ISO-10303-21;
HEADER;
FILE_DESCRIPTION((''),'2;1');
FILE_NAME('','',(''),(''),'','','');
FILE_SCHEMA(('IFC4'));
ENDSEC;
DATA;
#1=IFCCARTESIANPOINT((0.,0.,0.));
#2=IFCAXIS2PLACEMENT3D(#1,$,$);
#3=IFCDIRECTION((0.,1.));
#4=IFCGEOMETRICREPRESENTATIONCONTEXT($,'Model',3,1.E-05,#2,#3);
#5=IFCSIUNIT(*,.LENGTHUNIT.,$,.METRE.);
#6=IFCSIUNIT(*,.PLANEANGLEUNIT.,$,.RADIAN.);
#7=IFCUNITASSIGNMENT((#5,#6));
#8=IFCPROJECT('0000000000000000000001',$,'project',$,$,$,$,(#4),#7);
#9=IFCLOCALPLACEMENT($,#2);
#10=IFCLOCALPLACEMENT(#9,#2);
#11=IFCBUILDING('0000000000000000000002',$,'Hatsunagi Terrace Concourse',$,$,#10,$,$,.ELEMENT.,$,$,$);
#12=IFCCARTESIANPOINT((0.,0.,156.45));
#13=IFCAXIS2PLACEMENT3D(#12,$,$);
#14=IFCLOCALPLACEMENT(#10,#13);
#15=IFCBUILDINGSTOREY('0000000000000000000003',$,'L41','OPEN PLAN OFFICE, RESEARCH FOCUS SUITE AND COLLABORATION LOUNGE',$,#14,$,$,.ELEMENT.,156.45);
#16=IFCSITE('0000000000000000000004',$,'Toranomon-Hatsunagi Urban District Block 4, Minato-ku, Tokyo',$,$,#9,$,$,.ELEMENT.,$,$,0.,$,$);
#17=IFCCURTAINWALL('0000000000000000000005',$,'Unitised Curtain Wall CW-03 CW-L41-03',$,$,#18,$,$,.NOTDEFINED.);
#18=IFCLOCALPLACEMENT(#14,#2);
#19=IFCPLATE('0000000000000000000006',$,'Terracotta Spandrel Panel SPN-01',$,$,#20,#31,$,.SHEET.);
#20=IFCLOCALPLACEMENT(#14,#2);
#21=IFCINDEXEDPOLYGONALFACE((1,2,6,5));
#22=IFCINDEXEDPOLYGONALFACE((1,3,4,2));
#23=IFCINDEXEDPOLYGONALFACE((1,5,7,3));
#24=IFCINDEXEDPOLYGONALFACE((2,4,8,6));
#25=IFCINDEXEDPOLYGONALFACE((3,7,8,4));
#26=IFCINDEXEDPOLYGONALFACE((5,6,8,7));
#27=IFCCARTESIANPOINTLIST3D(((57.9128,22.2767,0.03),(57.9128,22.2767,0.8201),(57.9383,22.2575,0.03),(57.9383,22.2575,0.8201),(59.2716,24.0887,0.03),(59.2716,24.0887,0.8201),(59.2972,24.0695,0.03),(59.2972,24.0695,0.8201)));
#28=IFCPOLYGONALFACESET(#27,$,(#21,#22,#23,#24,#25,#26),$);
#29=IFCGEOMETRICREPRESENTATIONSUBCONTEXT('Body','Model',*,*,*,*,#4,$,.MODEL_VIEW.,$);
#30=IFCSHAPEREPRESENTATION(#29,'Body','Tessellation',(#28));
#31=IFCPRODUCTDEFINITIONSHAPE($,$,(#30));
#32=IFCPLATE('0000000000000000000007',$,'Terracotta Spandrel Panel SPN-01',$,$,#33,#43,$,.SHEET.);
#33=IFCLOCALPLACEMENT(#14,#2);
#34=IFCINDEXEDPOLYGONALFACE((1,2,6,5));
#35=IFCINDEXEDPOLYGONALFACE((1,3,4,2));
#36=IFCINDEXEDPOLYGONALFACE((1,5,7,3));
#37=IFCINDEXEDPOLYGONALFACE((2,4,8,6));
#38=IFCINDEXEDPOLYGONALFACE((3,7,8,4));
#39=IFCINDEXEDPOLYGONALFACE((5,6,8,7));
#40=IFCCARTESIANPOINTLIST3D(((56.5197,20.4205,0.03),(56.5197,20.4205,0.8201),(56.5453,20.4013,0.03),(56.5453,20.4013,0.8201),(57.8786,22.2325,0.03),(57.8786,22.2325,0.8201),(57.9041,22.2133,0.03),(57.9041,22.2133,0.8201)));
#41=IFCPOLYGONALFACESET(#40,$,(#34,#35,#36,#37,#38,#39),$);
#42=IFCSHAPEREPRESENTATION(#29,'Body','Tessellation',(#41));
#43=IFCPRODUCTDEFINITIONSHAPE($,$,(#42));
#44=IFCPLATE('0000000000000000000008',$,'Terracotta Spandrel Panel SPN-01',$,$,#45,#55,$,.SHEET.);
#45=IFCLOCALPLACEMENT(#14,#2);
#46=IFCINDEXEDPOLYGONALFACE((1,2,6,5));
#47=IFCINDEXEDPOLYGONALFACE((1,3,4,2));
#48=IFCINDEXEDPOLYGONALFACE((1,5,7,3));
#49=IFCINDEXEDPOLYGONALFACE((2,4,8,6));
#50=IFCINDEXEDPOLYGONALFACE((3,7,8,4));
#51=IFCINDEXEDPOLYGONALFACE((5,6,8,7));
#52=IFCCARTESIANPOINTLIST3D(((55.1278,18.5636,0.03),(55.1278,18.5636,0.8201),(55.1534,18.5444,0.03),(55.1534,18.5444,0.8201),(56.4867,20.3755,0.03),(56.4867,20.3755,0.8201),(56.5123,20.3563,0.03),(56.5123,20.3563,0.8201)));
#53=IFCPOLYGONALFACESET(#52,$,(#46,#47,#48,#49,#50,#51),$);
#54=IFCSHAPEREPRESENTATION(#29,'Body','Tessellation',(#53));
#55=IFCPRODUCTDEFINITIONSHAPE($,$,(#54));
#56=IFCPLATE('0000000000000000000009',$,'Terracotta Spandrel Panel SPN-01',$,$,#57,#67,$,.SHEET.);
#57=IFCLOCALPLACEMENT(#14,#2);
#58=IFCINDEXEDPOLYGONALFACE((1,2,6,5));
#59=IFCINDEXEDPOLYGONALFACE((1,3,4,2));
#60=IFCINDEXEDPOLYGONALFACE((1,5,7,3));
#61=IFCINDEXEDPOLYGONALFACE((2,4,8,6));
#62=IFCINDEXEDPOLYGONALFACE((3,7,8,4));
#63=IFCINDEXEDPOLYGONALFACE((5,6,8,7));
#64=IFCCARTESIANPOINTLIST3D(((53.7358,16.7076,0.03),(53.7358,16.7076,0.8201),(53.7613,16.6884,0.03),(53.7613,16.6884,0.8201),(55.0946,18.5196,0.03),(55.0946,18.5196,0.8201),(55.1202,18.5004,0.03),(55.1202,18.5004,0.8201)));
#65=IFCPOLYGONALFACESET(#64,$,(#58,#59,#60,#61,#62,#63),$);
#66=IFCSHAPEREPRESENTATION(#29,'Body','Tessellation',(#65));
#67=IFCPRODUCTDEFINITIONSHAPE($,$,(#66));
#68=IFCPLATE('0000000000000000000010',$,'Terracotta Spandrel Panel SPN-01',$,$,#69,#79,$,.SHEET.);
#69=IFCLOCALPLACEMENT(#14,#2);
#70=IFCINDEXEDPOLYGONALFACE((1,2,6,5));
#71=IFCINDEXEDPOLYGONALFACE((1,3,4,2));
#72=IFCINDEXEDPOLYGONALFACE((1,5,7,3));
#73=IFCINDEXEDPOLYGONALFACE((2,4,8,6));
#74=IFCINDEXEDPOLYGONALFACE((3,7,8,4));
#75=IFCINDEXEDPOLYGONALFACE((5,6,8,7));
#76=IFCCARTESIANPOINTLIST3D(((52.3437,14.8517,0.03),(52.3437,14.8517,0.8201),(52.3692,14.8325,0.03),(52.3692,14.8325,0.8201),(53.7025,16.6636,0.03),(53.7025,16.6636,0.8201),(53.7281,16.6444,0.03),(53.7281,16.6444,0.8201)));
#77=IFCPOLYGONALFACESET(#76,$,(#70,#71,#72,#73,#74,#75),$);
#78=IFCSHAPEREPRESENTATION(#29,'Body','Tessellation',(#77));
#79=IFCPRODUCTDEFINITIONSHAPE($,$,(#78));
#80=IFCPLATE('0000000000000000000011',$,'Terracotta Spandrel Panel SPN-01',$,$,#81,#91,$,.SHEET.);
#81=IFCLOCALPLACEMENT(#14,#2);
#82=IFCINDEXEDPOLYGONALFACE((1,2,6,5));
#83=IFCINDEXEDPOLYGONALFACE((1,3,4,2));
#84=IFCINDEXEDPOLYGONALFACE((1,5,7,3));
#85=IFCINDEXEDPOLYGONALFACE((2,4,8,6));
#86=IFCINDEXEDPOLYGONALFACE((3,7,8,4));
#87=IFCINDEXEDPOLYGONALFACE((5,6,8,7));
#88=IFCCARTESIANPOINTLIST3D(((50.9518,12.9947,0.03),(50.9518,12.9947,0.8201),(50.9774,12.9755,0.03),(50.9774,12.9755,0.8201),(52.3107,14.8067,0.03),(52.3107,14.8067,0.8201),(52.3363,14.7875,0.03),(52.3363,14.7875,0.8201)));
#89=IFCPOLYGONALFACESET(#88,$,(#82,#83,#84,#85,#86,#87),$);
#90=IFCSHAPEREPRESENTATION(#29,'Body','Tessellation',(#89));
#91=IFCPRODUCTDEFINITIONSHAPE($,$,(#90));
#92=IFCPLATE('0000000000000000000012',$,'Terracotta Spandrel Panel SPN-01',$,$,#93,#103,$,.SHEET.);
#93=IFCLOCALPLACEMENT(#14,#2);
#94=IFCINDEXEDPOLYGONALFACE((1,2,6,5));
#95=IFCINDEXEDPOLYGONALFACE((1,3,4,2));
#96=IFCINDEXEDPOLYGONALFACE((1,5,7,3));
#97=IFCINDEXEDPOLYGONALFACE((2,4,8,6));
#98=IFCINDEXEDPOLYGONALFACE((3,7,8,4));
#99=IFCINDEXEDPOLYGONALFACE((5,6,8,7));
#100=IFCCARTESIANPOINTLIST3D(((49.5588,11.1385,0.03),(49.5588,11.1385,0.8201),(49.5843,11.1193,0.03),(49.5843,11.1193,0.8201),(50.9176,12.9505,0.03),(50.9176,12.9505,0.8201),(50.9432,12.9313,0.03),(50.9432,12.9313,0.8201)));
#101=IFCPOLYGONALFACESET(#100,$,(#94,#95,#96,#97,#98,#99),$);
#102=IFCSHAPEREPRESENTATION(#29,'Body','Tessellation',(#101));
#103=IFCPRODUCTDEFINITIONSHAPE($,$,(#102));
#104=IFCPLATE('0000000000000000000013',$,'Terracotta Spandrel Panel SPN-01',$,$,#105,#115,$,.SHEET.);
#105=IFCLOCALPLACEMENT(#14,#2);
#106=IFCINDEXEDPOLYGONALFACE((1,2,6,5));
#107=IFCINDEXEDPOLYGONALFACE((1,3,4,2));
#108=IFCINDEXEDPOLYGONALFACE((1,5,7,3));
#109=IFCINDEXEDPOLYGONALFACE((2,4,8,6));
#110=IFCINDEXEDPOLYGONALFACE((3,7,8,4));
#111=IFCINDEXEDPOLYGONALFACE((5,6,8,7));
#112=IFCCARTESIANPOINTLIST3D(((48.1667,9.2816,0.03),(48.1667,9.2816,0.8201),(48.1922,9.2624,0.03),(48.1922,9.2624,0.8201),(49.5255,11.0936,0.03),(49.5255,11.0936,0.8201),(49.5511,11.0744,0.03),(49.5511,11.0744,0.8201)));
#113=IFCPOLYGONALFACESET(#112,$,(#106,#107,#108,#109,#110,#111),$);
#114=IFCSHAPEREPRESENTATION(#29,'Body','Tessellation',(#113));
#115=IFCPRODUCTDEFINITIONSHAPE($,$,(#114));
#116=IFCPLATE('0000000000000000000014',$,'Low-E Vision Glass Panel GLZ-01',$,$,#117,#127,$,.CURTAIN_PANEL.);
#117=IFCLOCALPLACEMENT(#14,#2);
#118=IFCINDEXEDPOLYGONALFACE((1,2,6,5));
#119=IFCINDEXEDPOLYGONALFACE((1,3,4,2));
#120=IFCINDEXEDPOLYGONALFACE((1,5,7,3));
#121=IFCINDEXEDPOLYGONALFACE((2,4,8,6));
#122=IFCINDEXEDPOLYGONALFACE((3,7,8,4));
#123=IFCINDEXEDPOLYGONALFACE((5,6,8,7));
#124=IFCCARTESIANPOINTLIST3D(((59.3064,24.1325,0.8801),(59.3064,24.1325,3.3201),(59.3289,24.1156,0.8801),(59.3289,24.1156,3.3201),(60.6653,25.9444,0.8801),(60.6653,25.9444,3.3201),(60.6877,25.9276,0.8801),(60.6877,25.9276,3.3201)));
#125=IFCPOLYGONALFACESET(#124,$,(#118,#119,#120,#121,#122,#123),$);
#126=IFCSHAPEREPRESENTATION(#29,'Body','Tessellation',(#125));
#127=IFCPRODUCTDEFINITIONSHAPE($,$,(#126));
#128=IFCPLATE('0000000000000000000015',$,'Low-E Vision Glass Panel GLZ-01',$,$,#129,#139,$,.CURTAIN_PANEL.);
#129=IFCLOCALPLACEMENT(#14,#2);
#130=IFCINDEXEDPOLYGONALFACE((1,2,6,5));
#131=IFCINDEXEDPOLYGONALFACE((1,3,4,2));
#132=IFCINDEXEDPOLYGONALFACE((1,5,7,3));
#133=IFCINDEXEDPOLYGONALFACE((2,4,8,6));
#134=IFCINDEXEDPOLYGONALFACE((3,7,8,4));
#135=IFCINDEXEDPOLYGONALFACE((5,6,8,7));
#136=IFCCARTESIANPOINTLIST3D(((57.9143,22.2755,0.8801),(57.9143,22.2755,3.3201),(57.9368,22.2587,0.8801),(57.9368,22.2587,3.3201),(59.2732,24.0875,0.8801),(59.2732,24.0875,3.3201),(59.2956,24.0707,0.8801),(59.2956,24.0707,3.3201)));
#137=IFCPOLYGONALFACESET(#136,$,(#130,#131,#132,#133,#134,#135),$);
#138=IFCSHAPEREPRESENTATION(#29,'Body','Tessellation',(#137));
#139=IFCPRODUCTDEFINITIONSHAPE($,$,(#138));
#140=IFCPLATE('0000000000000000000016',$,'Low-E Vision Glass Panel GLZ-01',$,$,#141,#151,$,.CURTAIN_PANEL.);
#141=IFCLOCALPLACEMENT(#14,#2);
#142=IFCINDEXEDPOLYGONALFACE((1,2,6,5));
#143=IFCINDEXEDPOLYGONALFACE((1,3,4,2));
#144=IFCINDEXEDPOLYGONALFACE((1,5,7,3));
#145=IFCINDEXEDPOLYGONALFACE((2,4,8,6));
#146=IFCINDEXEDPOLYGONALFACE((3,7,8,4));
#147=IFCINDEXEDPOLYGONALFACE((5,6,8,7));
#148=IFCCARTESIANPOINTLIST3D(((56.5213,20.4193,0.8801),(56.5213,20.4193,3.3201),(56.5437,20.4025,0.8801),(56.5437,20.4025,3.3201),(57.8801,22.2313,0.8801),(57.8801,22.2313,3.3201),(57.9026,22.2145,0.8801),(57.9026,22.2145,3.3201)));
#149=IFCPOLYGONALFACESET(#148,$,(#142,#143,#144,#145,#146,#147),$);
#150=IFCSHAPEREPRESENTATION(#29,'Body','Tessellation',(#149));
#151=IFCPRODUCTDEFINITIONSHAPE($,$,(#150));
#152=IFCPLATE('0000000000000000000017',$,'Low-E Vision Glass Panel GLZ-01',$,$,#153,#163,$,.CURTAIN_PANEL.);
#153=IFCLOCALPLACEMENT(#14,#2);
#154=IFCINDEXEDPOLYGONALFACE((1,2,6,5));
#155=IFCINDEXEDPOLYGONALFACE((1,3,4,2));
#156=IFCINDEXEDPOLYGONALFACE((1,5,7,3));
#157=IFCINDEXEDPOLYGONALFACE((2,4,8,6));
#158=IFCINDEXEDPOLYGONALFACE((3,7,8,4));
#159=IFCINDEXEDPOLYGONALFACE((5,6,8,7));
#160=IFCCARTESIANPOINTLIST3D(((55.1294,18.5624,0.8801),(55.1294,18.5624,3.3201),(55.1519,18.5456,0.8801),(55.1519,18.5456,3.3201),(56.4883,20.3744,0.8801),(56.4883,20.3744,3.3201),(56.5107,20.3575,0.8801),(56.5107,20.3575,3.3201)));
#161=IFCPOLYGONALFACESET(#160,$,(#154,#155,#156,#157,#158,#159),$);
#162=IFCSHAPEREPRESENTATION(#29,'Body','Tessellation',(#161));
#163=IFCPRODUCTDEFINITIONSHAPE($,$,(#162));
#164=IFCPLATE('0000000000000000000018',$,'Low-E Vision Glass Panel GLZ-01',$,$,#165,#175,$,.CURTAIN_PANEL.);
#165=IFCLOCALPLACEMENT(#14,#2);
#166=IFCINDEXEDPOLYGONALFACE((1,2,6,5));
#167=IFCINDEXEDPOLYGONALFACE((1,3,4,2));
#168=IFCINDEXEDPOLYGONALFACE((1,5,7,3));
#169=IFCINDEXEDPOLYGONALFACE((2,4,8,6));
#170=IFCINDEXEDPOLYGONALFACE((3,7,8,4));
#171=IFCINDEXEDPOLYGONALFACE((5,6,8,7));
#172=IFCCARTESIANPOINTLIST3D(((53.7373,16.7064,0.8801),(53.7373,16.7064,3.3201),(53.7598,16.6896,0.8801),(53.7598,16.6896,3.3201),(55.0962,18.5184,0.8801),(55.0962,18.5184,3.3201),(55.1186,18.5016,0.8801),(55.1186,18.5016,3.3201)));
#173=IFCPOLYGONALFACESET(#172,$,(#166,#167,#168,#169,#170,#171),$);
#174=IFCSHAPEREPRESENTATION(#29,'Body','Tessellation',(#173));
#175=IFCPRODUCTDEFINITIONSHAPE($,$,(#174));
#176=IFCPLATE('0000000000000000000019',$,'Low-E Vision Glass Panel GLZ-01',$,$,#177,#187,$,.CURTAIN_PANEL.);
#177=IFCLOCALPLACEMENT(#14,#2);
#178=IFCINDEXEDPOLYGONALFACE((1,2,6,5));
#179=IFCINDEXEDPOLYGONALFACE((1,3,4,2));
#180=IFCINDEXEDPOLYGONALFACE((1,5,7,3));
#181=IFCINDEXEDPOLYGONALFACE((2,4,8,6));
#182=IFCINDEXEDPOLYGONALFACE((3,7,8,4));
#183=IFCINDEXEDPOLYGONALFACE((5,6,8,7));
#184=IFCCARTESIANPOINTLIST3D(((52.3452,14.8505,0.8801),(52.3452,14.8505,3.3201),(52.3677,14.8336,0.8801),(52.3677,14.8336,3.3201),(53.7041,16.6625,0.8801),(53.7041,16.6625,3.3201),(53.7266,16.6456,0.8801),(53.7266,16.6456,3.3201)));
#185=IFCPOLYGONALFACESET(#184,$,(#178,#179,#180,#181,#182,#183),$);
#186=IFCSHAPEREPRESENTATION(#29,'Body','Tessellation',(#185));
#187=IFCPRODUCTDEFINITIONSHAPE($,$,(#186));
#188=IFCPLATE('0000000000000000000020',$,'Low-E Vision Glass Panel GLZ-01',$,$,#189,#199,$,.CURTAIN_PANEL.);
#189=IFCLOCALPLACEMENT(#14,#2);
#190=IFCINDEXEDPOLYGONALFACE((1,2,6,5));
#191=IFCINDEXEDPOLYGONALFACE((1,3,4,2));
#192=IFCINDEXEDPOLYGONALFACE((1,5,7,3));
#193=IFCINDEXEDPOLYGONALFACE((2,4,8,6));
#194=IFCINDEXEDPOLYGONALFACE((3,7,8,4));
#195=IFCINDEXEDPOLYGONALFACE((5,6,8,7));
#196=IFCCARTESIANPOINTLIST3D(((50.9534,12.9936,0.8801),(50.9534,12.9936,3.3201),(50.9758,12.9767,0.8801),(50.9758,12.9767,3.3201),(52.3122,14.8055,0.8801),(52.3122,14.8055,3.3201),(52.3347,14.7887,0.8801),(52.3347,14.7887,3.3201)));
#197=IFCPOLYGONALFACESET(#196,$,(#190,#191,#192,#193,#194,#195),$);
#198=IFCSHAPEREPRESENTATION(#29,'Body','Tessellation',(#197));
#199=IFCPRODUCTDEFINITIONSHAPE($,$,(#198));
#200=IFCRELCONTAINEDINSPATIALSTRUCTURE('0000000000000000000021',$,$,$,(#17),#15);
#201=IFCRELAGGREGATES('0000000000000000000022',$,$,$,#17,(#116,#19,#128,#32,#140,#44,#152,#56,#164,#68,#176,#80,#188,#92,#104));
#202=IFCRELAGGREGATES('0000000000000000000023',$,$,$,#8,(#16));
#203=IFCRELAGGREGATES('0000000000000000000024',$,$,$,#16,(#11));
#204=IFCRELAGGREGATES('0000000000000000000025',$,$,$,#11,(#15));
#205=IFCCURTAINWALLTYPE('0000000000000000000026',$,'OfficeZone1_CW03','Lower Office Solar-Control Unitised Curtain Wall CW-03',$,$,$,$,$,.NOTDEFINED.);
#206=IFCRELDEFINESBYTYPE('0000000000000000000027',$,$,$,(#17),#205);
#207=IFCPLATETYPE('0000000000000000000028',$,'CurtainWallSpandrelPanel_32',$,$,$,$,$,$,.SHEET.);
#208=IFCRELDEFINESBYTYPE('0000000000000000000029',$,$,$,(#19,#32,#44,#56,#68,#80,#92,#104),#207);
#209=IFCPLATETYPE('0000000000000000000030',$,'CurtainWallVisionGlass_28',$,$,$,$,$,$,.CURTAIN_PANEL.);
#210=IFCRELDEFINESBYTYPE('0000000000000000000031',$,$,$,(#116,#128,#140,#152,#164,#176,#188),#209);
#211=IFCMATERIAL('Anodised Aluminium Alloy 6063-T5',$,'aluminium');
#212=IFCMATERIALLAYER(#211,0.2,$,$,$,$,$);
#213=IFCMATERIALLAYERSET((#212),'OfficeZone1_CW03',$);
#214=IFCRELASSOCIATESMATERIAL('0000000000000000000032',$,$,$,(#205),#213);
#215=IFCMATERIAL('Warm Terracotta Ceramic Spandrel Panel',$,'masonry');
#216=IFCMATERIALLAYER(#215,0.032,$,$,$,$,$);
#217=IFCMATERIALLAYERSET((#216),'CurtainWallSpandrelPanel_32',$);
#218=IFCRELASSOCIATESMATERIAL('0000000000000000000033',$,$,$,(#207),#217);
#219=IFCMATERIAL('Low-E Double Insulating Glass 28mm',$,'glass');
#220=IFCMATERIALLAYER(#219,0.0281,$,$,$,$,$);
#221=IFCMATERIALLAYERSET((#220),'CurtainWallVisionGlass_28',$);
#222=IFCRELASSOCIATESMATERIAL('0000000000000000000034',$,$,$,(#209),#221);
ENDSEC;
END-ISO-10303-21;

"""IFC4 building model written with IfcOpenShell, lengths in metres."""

from ifc_helpers import new_model, si_unit, direction, frame, origin, origin_2d, place, context, subcontext, project, spatial, rectangle, extrude, material, layer, layer_set, type_object, element, aggregate, save


model = new_model("IFC4")

# Units and contexts
model_context = context("Model", 3, precision=1e-05, world=origin(), true_north=direction((0.0, 1.0)))
body_context = subcontext(model_context, "Body", "Model", "MODEL_VIEW")
ifc_project = project(units=[si_unit("LENGTHUNIT", "METRE"), si_unit("PLANEANGLEUNIT", "RADIAN")], contexts=[model_context])

# Site, building, storey
site_placement = place(None, origin())
site = spatial("IfcSite", under=ifc_project, at=site_placement, Name="Toranomon-Hatsunagi Urban District Block 4, Minato-ku, Tokyo", CompositionType="ELEMENT", RefElevation=0.0)
building_placement = place(site_placement, origin())
building = spatial("IfcBuilding", under=site, at=building_placement, Name="Hatsunagi Terrace Concourse", CompositionType="ELEMENT")
storey_placement = place(building_placement, frame((0.0, 0.0, 156.45)))
storey = spatial("IfcBuildingStorey", under=building, at=storey_placement, Name="L41", Description="OPEN PLAN OFFICE, RESEARCH FOCUS SUITE AND COLLABORATION LOUNGE", CompositionType="ELEMENT", Elevation=156.45)

# Curtain wall
ifc_material_1 = material(Name="Anodised Aluminium Alloy 6063-T5", Category="aluminium")
ifc_layer_1 = layer(ifc_material_1, 0.2)
ifc_layer_set_1 = layer_set([ifc_layer_1], Name="OfficeZone1_CW03")
curtain_wall_type = type_object("IfcCurtainWallType", Name="OfficeZone1_CW03", Description="Lower Office Solar-Control Unitised Curtain Wall CW-03", PredefinedType="NOTDEFINED", material=ifc_layer_set_1)
curtain_wall_placement = place(storey_placement, origin())
curtain_wall = element("IfcCurtainWall", 1, at=curtain_wall_placement, inside=storey, type_object=curtain_wall_type, Name="Unitised Curtain Wall CW-03 CW-L41-03", PredefinedType="NOTDEFINED")

# Plates
ifc_material_2 = material(Name="Warm Terracotta Ceramic Spandrel Panel", Category="masonry")
ifc_layer_2 = layer(ifc_material_2, 0.032)
ifc_layer_set_2 = layer_set([ifc_layer_2], Name="CurtainWallSpandrelPanel_32")
plate_type_1 = type_object("IfcPlateType", Name="CurtainWallSpandrelPanel_32", PredefinedType="SHEET", material=ifc_layer_set_2)
plate_1_placement = place(storey_placement, frame((58.605, 23.1731, 0.03), z_axis=(0.0, 0.0, 1.0), x_axis=(-0.599969, -0.800023, 0.0)))
plate_1 = element("IfcPlate", 2, at=plate_1_placement, type_object=plate_type_1, Name="Terracotta Spandrel Panel SPN-01", PredefinedType="SHEET", context=body_context, shape_type="SweptSolid", body=[
    extrude(rectangle(XDim=2.2649, YDim=0.032, at=origin_2d()), origin(), (0.0, 0.0, 1.0), 0.79),
])
plate_2_placement = place(storey_placement, frame((57.2119, 21.3169, 0.03), z_axis=(0.0, 0.0, 1.0), x_axis=(-0.599969, -0.800023, 0.0)))
plate_2 = element("IfcPlate", 3, at=plate_2_placement, type_object=plate_type_1, Name="Terracotta Spandrel Panel SPN-01", PredefinedType="SHEET", context=body_context, shape_type="SweptSolid", body=[
    extrude(rectangle(XDim=2.2649, YDim=0.032, at=origin_2d()), origin(), (0.0, 0.0, 1.0), 0.79),
])
plate_3_placement = place(storey_placement, frame((55.8201, 19.46, 0.03), z_axis=(0.0, 0.0, 1.0), x_axis=(-0.599969, -0.800023, 0.0)))
plate_3 = element("IfcPlate", 4, at=plate_3_placement, type_object=plate_type_1, Name="Terracotta Spandrel Panel SPN-01", PredefinedType="SHEET", context=body_context, shape_type="SweptSolid", body=[
    extrude(rectangle(XDim=2.2649, YDim=0.032, at=origin_2d()), origin(), (0.0, 0.0, 1.0), 0.79),
])
plate_4_placement = place(storey_placement, frame((54.428, 17.604, 0.03), z_axis=(0.0, 0.0, 1.0), x_axis=(-0.599969, -0.800023, 0.0)))
plate_4 = element("IfcPlate", 5, at=plate_4_placement, type_object=plate_type_1, Name="Terracotta Spandrel Panel SPN-01", PredefinedType="SHEET", context=body_context, shape_type="SweptSolid", body=[
    extrude(rectangle(XDim=2.2649, YDim=0.032, at=origin_2d()), origin(), (0.0, 0.0, 1.0), 0.79),
])
plate_5_placement = place(storey_placement, frame((53.0359, 15.748, 0.03), z_axis=(0.0, 0.0, 1.0), x_axis=(-0.599969, -0.800023, 0.0)))
plate_5 = element("IfcPlate", 6, at=plate_5_placement, type_object=plate_type_1, Name="Terracotta Spandrel Panel SPN-01", PredefinedType="SHEET", context=body_context, shape_type="SweptSolid", body=[
    extrude(rectangle(XDim=2.2649, YDim=0.032, at=origin_2d()), origin(), (0.0, 0.0, 1.0), 0.79),
])
plate_6_placement = place(storey_placement, frame((51.644, 13.8911, 0.03), z_axis=(0.0, 0.0, 1.0), x_axis=(-0.599969, -0.800023, 0.0)))
plate_6 = element("IfcPlate", 7, at=plate_6_placement, type_object=plate_type_1, Name="Terracotta Spandrel Panel SPN-01", PredefinedType="SHEET", context=body_context, shape_type="SweptSolid", body=[
    extrude(rectangle(XDim=2.2649, YDim=0.032, at=origin_2d()), origin(), (0.0, 0.0, 1.0), 0.79),
])
plate_7_placement = place(storey_placement, frame((50.251, 12.0349, 0.03), z_axis=(0.0, 0.0, 1.0), x_axis=(-0.599969, -0.800023, 0.0)))
plate_7 = element("IfcPlate", 8, at=plate_7_placement, type_object=plate_type_1, Name="Terracotta Spandrel Panel SPN-01", PredefinedType="SHEET", context=body_context, shape_type="SweptSolid", body=[
    extrude(rectangle(XDim=2.2649, YDim=0.032, at=origin_2d()), origin(), (0.0, 0.0, 1.0), 0.79),
])
plate_8_placement = place(storey_placement, frame((48.8589, 10.178, 0.03), z_axis=(0.0, 0.0, 1.0), x_axis=(-0.599969, -0.800023, 0.0)))
plate_8 = element("IfcPlate", 9, at=plate_8_placement, type_object=plate_type_1, Name="Terracotta Spandrel Panel SPN-01", PredefinedType="SHEET", context=body_context, shape_type="SweptSolid", body=[
    extrude(rectangle(XDim=2.2649, YDim=0.032, at=origin_2d()), origin(), (0.0, 0.0, 1.0), 0.79),
])
ifc_material_3 = material(Name="Low-E Double Insulating Glass 28mm", Category="glass")
ifc_layer_3 = layer(ifc_material_3, 0.0281)
ifc_layer_set_3 = layer_set([ifc_layer_3], Name="CurtainWallVisionGlass_28")
plate_type_2 = type_object("IfcPlateType", Name="CurtainWallVisionGlass_28", PredefinedType="CURTAIN_PANEL", material=ifc_layer_set_3)
plate_9_placement = place(storey_placement, frame((59.9971, 25.03, 0.8801), z_axis=(0.0, 0.0, 1.0), x_axis=(-0.599969, -0.800023, 0.0)))
plate_9 = element("IfcPlate", 10, at=plate_9_placement, type_object=plate_type_2, Name="Low-E Vision Glass Panel GLZ-01", PredefinedType="CURTAIN_PANEL", context=body_context, shape_type="SweptSolid", body=[
    extrude(rectangle(XDim=2.2649, YDim=0.0281, at=origin_2d()), origin(), (0.0, 0.0, 1.0), 2.4399),
])
plate_10_placement = place(storey_placement, frame((58.605, 23.1731, 0.8801), z_axis=(0.0, 0.0, 1.0), x_axis=(-0.599969, -0.800023, 0.0)))
plate_10 = element("IfcPlate", 11, at=plate_10_placement, type_object=plate_type_2, Name="Low-E Vision Glass Panel GLZ-01", PredefinedType="CURTAIN_PANEL", context=body_context, shape_type="SweptSolid", body=[
    extrude(rectangle(XDim=2.2649, YDim=0.0281, at=origin_2d()), origin(), (0.0, 0.0, 1.0), 2.4399),
])
plate_11_placement = place(storey_placement, frame((57.2119, 21.3169, 0.8801), z_axis=(0.0, 0.0, 1.0), x_axis=(-0.599969, -0.800023, 0.0)))
plate_11 = element("IfcPlate", 12, at=plate_11_placement, type_object=plate_type_2, Name="Low-E Vision Glass Panel GLZ-01", PredefinedType="CURTAIN_PANEL", context=body_context, shape_type="SweptSolid", body=[
    extrude(rectangle(XDim=2.2649, YDim=0.0281, at=origin_2d()), origin(), (0.0, 0.0, 1.0), 2.4399),
])
plate_12_placement = place(storey_placement, frame((55.8201, 19.46, 0.8801), z_axis=(0.0, 0.0, 1.0), x_axis=(-0.599969, -0.800023, 0.0)))
plate_12 = element("IfcPlate", 13, at=plate_12_placement, type_object=plate_type_2, Name="Low-E Vision Glass Panel GLZ-01", PredefinedType="CURTAIN_PANEL", context=body_context, shape_type="SweptSolid", body=[
    extrude(rectangle(XDim=2.2649, YDim=0.0281, at=origin_2d()), origin(), (0.0, 0.0, 1.0), 2.4399),
])
plate_13_placement = place(storey_placement, frame((54.428, 17.604, 0.8801), z_axis=(0.0, 0.0, 1.0), x_axis=(-0.599969, -0.800023, 0.0)))
plate_13 = element("IfcPlate", 14, at=plate_13_placement, type_object=plate_type_2, Name="Low-E Vision Glass Panel GLZ-01", PredefinedType="CURTAIN_PANEL", context=body_context, shape_type="SweptSolid", body=[
    extrude(rectangle(XDim=2.2649, YDim=0.0281, at=origin_2d()), origin(), (0.0, 0.0, 1.0), 2.4399),
])
plate_14_placement = place(storey_placement, frame((53.0359, 15.748, 0.8801), z_axis=(0.0, 0.0, 1.0), x_axis=(-0.599969, -0.800023, 0.0)))
plate_14 = element("IfcPlate", 15, at=plate_14_placement, type_object=plate_type_2, Name="Low-E Vision Glass Panel GLZ-01", PredefinedType="CURTAIN_PANEL", context=body_context, shape_type="SweptSolid", body=[
    extrude(rectangle(XDim=2.2649, YDim=0.0281, at=origin_2d()), origin(), (0.0, 0.0, 1.0), 2.4399),
])
plate_15_placement = place(storey_placement, frame((51.644, 13.8911, 0.8801), z_axis=(0.0, 0.0, 1.0), x_axis=(-0.599969, -0.800023, 0.0)))
plate_15 = element("IfcPlate", 16, at=plate_15_placement, type_object=plate_type_2, Name="Low-E Vision Glass Panel GLZ-01", PredefinedType="CURTAIN_PANEL", context=body_context, shape_type="SweptSolid", body=[
    extrude(rectangle(XDim=2.2649, YDim=0.0281, at=origin_2d()), origin(), (0.0, 0.0, 1.0), 2.4399),
])
aggregate(curtain_wall, [plate_9, plate_1, plate_10, plate_2, plate_11, plate_3, plate_12, plate_4, plate_13, plate_5, plate_14, plate_6, plate_15, plate_7, plate_8])

save(model, "model.ifc")
